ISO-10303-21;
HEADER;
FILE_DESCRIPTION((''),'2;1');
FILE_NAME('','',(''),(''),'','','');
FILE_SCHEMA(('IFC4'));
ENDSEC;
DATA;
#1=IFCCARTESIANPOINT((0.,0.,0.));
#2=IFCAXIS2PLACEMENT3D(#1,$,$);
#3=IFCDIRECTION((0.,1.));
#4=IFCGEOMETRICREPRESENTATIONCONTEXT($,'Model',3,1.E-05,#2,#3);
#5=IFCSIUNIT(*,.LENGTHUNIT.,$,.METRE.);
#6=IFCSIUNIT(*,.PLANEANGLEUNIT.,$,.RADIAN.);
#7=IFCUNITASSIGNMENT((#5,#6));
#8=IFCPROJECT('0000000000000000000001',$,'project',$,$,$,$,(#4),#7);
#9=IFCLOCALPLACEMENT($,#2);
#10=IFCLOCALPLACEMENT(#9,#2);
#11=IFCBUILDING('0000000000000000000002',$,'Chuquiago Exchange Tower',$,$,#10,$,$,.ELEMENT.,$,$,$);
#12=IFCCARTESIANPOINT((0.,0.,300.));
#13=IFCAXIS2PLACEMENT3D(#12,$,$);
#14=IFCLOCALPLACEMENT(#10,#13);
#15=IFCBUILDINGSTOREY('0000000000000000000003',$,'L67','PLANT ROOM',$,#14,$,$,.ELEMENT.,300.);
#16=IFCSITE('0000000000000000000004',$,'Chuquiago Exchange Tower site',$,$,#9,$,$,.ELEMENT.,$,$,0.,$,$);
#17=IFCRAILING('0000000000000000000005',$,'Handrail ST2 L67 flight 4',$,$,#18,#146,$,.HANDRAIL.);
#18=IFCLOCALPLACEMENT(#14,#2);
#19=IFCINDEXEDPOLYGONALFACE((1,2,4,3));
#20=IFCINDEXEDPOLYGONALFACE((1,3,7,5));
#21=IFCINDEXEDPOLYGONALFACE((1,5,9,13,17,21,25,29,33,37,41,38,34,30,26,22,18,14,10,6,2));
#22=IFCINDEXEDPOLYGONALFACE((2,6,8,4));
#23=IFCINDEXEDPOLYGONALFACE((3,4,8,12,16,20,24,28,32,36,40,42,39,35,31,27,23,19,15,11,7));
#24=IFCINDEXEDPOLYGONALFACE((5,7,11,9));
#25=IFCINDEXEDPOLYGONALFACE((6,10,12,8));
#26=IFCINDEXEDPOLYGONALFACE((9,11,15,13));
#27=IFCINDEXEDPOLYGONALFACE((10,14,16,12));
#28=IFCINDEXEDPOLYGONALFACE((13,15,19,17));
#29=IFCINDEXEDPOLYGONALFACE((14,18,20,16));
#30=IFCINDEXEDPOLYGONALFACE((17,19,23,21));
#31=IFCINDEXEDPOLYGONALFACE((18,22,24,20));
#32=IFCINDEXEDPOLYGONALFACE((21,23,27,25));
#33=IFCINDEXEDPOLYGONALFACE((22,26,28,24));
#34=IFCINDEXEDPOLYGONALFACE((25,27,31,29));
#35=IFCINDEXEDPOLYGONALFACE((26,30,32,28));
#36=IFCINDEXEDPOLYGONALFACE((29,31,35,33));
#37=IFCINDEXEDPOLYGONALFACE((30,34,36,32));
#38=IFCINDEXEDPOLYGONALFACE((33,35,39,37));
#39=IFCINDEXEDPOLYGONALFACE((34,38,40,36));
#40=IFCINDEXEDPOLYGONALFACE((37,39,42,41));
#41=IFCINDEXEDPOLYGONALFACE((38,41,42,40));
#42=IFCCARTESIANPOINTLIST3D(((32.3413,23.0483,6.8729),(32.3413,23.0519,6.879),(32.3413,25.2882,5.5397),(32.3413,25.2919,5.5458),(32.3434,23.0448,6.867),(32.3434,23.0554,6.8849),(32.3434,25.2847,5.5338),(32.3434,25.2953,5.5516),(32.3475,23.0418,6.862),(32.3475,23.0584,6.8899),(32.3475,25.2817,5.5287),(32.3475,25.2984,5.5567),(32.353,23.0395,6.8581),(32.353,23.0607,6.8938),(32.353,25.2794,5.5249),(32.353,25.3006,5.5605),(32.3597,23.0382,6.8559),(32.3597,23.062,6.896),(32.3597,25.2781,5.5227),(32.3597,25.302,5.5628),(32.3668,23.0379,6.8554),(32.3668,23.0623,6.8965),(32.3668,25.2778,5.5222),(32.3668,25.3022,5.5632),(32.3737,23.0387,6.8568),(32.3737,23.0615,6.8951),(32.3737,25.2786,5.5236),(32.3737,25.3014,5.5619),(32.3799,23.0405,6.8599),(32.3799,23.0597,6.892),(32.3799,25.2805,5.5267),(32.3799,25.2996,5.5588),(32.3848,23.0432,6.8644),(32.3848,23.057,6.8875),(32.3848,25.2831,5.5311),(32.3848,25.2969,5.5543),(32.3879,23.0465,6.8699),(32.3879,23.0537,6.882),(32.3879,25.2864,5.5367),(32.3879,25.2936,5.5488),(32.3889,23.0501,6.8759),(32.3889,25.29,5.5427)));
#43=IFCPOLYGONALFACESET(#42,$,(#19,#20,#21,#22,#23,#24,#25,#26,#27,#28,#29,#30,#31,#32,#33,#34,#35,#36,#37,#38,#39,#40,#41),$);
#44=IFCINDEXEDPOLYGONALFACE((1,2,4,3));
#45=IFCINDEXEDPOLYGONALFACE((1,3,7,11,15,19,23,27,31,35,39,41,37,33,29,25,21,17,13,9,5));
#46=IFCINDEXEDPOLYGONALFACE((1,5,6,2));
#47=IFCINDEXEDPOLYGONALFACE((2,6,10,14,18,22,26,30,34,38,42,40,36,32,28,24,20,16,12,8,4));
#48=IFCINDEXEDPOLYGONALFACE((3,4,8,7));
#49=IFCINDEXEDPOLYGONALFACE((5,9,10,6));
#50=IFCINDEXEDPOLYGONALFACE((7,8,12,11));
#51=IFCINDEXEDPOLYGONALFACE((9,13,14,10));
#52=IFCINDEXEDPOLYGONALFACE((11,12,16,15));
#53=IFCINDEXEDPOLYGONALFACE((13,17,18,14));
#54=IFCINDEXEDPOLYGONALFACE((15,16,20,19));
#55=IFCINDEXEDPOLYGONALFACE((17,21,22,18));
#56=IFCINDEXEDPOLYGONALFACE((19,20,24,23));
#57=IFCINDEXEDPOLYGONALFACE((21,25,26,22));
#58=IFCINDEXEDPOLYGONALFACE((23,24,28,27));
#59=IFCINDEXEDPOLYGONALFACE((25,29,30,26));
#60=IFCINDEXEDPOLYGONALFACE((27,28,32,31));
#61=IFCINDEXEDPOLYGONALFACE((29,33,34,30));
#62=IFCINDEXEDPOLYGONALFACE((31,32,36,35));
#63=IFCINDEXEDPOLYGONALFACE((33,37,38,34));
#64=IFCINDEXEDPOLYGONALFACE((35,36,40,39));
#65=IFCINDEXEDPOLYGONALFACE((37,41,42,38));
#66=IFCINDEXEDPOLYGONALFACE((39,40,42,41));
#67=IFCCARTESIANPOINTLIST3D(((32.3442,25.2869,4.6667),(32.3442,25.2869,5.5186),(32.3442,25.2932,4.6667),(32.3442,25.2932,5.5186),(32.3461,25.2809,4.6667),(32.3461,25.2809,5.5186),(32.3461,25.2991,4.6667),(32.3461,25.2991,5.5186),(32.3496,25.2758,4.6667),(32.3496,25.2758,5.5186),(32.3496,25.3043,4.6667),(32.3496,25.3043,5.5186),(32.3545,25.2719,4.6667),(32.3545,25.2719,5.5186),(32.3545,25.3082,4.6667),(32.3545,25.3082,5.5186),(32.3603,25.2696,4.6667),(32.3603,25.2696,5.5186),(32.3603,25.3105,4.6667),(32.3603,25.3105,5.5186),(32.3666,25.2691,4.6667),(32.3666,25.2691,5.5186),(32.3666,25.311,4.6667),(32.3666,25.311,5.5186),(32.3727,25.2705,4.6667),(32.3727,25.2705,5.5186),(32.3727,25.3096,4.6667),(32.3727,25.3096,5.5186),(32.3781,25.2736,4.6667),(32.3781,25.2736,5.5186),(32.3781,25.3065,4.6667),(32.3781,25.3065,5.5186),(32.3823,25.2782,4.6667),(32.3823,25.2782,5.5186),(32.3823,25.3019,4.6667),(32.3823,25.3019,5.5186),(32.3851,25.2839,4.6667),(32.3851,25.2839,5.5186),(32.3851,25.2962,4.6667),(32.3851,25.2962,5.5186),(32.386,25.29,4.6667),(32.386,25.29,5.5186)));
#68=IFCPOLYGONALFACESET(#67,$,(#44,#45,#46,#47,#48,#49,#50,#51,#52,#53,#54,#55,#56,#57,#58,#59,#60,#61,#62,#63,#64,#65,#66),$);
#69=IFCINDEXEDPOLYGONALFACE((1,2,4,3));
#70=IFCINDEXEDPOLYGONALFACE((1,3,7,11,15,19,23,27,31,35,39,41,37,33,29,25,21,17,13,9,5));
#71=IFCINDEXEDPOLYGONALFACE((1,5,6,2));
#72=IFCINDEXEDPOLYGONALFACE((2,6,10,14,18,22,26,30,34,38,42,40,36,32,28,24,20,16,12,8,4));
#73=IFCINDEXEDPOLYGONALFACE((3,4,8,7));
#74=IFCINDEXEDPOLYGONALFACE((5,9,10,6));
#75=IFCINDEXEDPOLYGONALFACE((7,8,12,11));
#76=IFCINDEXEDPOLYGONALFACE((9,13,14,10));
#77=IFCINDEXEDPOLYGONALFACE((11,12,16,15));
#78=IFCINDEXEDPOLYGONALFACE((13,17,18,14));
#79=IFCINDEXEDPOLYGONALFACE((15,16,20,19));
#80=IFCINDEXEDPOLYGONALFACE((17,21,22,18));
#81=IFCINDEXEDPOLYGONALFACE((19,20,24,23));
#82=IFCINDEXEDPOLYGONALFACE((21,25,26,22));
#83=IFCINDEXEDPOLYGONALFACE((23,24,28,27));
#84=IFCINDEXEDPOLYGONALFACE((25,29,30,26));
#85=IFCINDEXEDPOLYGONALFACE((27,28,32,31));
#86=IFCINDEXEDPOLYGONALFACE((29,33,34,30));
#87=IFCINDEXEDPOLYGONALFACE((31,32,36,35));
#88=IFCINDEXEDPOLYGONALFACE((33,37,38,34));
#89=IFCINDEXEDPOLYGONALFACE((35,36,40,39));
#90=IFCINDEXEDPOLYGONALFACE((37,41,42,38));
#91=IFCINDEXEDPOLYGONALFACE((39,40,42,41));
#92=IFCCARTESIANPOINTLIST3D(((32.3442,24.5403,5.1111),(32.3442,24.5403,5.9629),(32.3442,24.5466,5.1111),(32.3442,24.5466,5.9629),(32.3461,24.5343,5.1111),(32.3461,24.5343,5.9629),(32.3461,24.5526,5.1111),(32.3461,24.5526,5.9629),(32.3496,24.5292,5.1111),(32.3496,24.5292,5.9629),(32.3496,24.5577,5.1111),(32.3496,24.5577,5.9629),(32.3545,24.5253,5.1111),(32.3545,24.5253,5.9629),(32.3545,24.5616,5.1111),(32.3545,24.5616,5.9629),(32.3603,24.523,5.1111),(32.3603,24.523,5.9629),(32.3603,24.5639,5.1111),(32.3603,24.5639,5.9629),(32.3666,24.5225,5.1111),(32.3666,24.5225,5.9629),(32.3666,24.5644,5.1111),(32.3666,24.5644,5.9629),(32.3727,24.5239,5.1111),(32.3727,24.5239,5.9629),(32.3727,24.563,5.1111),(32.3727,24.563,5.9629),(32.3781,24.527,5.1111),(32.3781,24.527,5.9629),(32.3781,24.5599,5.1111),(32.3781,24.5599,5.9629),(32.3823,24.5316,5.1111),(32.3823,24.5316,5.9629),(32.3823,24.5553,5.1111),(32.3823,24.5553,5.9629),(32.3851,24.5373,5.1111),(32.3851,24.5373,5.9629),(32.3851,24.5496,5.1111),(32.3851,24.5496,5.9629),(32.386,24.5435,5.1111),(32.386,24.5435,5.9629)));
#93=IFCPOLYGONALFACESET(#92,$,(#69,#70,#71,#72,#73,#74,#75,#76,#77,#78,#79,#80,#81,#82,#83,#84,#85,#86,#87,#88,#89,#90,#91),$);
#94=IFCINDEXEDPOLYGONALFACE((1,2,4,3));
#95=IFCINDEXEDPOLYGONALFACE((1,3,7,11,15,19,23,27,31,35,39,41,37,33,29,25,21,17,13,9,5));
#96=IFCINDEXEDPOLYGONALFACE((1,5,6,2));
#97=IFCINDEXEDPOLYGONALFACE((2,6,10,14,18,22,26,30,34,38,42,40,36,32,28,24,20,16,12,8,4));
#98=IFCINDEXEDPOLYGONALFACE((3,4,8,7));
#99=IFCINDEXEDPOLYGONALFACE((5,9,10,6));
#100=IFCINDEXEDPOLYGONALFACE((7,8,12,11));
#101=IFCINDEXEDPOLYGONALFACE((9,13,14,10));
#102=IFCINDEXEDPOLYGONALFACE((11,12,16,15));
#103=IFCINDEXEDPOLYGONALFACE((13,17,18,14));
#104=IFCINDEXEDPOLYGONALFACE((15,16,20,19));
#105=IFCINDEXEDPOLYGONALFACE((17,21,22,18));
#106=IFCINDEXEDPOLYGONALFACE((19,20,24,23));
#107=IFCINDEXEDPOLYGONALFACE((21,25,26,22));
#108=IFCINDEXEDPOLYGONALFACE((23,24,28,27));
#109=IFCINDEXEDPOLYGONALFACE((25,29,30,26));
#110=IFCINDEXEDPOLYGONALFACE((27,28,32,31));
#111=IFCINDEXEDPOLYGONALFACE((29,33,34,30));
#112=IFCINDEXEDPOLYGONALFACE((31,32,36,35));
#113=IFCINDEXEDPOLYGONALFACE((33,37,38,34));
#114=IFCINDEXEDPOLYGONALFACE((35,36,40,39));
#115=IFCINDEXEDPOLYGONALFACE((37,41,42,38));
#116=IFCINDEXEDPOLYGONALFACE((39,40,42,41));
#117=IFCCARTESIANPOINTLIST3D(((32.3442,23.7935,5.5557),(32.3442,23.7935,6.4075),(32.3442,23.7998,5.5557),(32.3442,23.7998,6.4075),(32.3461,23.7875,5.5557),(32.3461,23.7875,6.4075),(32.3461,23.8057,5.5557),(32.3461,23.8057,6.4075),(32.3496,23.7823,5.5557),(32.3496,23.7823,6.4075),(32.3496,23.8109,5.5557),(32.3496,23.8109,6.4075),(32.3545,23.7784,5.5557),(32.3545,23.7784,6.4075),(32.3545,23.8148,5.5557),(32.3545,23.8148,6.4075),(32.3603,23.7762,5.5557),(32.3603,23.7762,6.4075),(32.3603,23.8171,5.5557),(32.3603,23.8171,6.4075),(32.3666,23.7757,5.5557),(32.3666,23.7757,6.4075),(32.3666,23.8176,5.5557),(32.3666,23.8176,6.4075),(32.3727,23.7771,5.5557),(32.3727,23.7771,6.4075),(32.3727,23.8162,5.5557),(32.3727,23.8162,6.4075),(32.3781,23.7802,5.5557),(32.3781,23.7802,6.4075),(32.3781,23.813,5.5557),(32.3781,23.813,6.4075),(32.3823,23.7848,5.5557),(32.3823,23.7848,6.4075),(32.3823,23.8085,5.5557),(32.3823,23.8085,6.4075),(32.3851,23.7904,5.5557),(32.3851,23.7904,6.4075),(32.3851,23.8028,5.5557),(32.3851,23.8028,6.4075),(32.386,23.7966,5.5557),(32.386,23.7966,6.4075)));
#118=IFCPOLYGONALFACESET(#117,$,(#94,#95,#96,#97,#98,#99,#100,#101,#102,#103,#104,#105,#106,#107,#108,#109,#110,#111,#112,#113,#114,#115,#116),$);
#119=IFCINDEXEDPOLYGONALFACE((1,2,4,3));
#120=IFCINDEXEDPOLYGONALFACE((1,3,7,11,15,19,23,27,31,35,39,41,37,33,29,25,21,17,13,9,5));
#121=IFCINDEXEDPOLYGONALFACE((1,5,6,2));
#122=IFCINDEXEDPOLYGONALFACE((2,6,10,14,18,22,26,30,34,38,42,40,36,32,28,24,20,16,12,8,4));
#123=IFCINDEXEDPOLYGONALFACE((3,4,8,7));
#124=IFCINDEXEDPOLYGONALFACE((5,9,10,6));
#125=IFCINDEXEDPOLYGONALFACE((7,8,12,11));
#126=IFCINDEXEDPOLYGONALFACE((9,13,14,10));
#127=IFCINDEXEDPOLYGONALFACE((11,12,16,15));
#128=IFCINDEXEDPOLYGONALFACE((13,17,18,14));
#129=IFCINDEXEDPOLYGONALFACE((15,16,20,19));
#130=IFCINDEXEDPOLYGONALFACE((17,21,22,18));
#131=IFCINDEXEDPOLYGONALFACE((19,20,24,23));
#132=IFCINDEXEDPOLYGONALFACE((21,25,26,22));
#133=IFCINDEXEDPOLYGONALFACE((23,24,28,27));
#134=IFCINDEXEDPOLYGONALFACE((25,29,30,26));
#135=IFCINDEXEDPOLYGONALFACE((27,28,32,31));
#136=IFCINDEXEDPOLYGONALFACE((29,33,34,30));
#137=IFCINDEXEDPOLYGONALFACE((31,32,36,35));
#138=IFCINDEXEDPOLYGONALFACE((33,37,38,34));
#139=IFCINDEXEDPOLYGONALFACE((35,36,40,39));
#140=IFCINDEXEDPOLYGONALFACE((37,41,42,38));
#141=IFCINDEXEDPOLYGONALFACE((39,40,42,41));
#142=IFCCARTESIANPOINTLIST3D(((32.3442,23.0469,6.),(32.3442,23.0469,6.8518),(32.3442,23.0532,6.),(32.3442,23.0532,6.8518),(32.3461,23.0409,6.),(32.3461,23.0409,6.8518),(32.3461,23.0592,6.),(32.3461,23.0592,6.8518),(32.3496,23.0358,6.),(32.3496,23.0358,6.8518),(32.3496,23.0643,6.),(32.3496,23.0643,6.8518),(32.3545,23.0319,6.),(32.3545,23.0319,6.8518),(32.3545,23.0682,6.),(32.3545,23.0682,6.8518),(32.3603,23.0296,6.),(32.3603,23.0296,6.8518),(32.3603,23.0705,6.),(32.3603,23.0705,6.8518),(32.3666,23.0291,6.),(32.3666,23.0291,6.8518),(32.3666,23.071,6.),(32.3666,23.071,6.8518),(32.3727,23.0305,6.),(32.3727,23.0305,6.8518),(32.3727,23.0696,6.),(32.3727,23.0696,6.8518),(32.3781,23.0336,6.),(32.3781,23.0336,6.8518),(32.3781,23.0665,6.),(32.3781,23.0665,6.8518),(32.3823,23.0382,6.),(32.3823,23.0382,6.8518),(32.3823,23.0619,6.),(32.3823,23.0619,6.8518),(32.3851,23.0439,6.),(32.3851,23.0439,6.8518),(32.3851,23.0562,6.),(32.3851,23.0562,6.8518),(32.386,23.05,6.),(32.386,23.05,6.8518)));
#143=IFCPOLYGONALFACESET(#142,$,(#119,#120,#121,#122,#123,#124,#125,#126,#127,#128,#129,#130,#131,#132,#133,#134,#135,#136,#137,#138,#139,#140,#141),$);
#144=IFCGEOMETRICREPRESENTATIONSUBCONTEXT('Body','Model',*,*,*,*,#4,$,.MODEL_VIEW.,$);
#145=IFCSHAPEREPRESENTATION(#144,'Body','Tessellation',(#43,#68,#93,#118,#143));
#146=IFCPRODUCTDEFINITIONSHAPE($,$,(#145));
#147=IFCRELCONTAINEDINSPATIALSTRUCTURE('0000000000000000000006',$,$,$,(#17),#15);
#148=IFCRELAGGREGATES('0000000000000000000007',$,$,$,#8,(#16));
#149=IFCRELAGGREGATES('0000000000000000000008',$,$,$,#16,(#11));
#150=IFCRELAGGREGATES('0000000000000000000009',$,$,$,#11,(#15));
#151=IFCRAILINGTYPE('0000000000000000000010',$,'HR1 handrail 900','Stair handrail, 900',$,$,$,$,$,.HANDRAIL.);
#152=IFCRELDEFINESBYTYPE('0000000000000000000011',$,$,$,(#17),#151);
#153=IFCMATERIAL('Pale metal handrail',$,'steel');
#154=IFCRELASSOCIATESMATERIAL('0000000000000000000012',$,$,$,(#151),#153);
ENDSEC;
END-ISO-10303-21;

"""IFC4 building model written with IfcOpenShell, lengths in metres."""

from ifc_helpers import new_model, si_unit, direction, frame, origin, origin_2d, place, context, subcontext, project, spatial, circle, extrude, material, type_object, element, save


model = new_model("IFC4")

# Units and contexts
model_context = context("Model", 3, precision=1e-05, world=origin(), true_north=direction((0.0, 1.0)))
body_context = subcontext(model_context, "Body", "Model", "MODEL_VIEW")
ifc_project = project(units=[si_unit("LENGTHUNIT", "METRE"), si_unit("PLANEANGLEUNIT", "RADIAN")], contexts=[model_context])

# Site, building, storey
site_placement = place(None, origin())
site = spatial("IfcSite", under=ifc_project, at=site_placement, Name="Chuquiago Exchange Tower site", CompositionType="ELEMENT", RefElevation=0.0)
building_placement = place(site_placement, origin())
building = spatial("IfcBuilding", under=site, at=building_placement, Name="Chuquiago Exchange Tower", CompositionType="ELEMENT")
storey_placement = place(building_placement, frame((0.0, 0.0, 300.0)))
storey = spatial("IfcBuildingStorey", under=building, at=storey_placement, Name="L67", Description="PLANT ROOM", CompositionType="ELEMENT", Elevation=300.0)

# Railing
ifc_material_1 = material(Name="Pale metal handrail", Category="steel")
railing_type_1 = type_object("IfcRailingType", Name="HR1 handrail 900", Description="Stair handrail, 900", PredefinedType="HANDRAIL", material=ifc_material_1)
for number, where, name in (
    (1, (32.365, 25.29, 4.6667), "Handrail ST2 L67 flight 4"),
):
    element("IfcRailing", number, at=place(storey_placement, frame(where)), inside=storey, type_object=railing_type_1, Name=name, PredefinedType="HANDRAIL", context=body_context, shape_type="SweptSolid", body=[
        extrude(circle(Radius=0.0239, at=origin_2d()), frame((0.0, 0.0, 0.876), z_axis=(0.0, -0.859306, 0.511462), x_axis=(1.0, 0.0, 0.0)), (0.0, 0.0, 1.0), 2.6067),
        extrude(circle(Radius=0.021, at=origin_2d()), origin(), (0.0, 0.0, 1.0), 0.8518),
        extrude(circle(Radius=0.021, at=origin_2d()), frame((0.0, -0.7466, 0.4443)), (0.0, 0.0, 1.0), 0.8518),
        extrude(circle(Radius=0.021, at=origin_2d()), frame((0.0, -1.4934, 0.8889)), (0.0, 0.0, 1.0), 0.8518),
        extrude(circle(Radius=0.021, at=origin_2d()), frame((0.0, -2.24, 1.3333)), (0.0, 0.0, 1.0), 0.8518),
    ])

save(model, "model.ifc")
